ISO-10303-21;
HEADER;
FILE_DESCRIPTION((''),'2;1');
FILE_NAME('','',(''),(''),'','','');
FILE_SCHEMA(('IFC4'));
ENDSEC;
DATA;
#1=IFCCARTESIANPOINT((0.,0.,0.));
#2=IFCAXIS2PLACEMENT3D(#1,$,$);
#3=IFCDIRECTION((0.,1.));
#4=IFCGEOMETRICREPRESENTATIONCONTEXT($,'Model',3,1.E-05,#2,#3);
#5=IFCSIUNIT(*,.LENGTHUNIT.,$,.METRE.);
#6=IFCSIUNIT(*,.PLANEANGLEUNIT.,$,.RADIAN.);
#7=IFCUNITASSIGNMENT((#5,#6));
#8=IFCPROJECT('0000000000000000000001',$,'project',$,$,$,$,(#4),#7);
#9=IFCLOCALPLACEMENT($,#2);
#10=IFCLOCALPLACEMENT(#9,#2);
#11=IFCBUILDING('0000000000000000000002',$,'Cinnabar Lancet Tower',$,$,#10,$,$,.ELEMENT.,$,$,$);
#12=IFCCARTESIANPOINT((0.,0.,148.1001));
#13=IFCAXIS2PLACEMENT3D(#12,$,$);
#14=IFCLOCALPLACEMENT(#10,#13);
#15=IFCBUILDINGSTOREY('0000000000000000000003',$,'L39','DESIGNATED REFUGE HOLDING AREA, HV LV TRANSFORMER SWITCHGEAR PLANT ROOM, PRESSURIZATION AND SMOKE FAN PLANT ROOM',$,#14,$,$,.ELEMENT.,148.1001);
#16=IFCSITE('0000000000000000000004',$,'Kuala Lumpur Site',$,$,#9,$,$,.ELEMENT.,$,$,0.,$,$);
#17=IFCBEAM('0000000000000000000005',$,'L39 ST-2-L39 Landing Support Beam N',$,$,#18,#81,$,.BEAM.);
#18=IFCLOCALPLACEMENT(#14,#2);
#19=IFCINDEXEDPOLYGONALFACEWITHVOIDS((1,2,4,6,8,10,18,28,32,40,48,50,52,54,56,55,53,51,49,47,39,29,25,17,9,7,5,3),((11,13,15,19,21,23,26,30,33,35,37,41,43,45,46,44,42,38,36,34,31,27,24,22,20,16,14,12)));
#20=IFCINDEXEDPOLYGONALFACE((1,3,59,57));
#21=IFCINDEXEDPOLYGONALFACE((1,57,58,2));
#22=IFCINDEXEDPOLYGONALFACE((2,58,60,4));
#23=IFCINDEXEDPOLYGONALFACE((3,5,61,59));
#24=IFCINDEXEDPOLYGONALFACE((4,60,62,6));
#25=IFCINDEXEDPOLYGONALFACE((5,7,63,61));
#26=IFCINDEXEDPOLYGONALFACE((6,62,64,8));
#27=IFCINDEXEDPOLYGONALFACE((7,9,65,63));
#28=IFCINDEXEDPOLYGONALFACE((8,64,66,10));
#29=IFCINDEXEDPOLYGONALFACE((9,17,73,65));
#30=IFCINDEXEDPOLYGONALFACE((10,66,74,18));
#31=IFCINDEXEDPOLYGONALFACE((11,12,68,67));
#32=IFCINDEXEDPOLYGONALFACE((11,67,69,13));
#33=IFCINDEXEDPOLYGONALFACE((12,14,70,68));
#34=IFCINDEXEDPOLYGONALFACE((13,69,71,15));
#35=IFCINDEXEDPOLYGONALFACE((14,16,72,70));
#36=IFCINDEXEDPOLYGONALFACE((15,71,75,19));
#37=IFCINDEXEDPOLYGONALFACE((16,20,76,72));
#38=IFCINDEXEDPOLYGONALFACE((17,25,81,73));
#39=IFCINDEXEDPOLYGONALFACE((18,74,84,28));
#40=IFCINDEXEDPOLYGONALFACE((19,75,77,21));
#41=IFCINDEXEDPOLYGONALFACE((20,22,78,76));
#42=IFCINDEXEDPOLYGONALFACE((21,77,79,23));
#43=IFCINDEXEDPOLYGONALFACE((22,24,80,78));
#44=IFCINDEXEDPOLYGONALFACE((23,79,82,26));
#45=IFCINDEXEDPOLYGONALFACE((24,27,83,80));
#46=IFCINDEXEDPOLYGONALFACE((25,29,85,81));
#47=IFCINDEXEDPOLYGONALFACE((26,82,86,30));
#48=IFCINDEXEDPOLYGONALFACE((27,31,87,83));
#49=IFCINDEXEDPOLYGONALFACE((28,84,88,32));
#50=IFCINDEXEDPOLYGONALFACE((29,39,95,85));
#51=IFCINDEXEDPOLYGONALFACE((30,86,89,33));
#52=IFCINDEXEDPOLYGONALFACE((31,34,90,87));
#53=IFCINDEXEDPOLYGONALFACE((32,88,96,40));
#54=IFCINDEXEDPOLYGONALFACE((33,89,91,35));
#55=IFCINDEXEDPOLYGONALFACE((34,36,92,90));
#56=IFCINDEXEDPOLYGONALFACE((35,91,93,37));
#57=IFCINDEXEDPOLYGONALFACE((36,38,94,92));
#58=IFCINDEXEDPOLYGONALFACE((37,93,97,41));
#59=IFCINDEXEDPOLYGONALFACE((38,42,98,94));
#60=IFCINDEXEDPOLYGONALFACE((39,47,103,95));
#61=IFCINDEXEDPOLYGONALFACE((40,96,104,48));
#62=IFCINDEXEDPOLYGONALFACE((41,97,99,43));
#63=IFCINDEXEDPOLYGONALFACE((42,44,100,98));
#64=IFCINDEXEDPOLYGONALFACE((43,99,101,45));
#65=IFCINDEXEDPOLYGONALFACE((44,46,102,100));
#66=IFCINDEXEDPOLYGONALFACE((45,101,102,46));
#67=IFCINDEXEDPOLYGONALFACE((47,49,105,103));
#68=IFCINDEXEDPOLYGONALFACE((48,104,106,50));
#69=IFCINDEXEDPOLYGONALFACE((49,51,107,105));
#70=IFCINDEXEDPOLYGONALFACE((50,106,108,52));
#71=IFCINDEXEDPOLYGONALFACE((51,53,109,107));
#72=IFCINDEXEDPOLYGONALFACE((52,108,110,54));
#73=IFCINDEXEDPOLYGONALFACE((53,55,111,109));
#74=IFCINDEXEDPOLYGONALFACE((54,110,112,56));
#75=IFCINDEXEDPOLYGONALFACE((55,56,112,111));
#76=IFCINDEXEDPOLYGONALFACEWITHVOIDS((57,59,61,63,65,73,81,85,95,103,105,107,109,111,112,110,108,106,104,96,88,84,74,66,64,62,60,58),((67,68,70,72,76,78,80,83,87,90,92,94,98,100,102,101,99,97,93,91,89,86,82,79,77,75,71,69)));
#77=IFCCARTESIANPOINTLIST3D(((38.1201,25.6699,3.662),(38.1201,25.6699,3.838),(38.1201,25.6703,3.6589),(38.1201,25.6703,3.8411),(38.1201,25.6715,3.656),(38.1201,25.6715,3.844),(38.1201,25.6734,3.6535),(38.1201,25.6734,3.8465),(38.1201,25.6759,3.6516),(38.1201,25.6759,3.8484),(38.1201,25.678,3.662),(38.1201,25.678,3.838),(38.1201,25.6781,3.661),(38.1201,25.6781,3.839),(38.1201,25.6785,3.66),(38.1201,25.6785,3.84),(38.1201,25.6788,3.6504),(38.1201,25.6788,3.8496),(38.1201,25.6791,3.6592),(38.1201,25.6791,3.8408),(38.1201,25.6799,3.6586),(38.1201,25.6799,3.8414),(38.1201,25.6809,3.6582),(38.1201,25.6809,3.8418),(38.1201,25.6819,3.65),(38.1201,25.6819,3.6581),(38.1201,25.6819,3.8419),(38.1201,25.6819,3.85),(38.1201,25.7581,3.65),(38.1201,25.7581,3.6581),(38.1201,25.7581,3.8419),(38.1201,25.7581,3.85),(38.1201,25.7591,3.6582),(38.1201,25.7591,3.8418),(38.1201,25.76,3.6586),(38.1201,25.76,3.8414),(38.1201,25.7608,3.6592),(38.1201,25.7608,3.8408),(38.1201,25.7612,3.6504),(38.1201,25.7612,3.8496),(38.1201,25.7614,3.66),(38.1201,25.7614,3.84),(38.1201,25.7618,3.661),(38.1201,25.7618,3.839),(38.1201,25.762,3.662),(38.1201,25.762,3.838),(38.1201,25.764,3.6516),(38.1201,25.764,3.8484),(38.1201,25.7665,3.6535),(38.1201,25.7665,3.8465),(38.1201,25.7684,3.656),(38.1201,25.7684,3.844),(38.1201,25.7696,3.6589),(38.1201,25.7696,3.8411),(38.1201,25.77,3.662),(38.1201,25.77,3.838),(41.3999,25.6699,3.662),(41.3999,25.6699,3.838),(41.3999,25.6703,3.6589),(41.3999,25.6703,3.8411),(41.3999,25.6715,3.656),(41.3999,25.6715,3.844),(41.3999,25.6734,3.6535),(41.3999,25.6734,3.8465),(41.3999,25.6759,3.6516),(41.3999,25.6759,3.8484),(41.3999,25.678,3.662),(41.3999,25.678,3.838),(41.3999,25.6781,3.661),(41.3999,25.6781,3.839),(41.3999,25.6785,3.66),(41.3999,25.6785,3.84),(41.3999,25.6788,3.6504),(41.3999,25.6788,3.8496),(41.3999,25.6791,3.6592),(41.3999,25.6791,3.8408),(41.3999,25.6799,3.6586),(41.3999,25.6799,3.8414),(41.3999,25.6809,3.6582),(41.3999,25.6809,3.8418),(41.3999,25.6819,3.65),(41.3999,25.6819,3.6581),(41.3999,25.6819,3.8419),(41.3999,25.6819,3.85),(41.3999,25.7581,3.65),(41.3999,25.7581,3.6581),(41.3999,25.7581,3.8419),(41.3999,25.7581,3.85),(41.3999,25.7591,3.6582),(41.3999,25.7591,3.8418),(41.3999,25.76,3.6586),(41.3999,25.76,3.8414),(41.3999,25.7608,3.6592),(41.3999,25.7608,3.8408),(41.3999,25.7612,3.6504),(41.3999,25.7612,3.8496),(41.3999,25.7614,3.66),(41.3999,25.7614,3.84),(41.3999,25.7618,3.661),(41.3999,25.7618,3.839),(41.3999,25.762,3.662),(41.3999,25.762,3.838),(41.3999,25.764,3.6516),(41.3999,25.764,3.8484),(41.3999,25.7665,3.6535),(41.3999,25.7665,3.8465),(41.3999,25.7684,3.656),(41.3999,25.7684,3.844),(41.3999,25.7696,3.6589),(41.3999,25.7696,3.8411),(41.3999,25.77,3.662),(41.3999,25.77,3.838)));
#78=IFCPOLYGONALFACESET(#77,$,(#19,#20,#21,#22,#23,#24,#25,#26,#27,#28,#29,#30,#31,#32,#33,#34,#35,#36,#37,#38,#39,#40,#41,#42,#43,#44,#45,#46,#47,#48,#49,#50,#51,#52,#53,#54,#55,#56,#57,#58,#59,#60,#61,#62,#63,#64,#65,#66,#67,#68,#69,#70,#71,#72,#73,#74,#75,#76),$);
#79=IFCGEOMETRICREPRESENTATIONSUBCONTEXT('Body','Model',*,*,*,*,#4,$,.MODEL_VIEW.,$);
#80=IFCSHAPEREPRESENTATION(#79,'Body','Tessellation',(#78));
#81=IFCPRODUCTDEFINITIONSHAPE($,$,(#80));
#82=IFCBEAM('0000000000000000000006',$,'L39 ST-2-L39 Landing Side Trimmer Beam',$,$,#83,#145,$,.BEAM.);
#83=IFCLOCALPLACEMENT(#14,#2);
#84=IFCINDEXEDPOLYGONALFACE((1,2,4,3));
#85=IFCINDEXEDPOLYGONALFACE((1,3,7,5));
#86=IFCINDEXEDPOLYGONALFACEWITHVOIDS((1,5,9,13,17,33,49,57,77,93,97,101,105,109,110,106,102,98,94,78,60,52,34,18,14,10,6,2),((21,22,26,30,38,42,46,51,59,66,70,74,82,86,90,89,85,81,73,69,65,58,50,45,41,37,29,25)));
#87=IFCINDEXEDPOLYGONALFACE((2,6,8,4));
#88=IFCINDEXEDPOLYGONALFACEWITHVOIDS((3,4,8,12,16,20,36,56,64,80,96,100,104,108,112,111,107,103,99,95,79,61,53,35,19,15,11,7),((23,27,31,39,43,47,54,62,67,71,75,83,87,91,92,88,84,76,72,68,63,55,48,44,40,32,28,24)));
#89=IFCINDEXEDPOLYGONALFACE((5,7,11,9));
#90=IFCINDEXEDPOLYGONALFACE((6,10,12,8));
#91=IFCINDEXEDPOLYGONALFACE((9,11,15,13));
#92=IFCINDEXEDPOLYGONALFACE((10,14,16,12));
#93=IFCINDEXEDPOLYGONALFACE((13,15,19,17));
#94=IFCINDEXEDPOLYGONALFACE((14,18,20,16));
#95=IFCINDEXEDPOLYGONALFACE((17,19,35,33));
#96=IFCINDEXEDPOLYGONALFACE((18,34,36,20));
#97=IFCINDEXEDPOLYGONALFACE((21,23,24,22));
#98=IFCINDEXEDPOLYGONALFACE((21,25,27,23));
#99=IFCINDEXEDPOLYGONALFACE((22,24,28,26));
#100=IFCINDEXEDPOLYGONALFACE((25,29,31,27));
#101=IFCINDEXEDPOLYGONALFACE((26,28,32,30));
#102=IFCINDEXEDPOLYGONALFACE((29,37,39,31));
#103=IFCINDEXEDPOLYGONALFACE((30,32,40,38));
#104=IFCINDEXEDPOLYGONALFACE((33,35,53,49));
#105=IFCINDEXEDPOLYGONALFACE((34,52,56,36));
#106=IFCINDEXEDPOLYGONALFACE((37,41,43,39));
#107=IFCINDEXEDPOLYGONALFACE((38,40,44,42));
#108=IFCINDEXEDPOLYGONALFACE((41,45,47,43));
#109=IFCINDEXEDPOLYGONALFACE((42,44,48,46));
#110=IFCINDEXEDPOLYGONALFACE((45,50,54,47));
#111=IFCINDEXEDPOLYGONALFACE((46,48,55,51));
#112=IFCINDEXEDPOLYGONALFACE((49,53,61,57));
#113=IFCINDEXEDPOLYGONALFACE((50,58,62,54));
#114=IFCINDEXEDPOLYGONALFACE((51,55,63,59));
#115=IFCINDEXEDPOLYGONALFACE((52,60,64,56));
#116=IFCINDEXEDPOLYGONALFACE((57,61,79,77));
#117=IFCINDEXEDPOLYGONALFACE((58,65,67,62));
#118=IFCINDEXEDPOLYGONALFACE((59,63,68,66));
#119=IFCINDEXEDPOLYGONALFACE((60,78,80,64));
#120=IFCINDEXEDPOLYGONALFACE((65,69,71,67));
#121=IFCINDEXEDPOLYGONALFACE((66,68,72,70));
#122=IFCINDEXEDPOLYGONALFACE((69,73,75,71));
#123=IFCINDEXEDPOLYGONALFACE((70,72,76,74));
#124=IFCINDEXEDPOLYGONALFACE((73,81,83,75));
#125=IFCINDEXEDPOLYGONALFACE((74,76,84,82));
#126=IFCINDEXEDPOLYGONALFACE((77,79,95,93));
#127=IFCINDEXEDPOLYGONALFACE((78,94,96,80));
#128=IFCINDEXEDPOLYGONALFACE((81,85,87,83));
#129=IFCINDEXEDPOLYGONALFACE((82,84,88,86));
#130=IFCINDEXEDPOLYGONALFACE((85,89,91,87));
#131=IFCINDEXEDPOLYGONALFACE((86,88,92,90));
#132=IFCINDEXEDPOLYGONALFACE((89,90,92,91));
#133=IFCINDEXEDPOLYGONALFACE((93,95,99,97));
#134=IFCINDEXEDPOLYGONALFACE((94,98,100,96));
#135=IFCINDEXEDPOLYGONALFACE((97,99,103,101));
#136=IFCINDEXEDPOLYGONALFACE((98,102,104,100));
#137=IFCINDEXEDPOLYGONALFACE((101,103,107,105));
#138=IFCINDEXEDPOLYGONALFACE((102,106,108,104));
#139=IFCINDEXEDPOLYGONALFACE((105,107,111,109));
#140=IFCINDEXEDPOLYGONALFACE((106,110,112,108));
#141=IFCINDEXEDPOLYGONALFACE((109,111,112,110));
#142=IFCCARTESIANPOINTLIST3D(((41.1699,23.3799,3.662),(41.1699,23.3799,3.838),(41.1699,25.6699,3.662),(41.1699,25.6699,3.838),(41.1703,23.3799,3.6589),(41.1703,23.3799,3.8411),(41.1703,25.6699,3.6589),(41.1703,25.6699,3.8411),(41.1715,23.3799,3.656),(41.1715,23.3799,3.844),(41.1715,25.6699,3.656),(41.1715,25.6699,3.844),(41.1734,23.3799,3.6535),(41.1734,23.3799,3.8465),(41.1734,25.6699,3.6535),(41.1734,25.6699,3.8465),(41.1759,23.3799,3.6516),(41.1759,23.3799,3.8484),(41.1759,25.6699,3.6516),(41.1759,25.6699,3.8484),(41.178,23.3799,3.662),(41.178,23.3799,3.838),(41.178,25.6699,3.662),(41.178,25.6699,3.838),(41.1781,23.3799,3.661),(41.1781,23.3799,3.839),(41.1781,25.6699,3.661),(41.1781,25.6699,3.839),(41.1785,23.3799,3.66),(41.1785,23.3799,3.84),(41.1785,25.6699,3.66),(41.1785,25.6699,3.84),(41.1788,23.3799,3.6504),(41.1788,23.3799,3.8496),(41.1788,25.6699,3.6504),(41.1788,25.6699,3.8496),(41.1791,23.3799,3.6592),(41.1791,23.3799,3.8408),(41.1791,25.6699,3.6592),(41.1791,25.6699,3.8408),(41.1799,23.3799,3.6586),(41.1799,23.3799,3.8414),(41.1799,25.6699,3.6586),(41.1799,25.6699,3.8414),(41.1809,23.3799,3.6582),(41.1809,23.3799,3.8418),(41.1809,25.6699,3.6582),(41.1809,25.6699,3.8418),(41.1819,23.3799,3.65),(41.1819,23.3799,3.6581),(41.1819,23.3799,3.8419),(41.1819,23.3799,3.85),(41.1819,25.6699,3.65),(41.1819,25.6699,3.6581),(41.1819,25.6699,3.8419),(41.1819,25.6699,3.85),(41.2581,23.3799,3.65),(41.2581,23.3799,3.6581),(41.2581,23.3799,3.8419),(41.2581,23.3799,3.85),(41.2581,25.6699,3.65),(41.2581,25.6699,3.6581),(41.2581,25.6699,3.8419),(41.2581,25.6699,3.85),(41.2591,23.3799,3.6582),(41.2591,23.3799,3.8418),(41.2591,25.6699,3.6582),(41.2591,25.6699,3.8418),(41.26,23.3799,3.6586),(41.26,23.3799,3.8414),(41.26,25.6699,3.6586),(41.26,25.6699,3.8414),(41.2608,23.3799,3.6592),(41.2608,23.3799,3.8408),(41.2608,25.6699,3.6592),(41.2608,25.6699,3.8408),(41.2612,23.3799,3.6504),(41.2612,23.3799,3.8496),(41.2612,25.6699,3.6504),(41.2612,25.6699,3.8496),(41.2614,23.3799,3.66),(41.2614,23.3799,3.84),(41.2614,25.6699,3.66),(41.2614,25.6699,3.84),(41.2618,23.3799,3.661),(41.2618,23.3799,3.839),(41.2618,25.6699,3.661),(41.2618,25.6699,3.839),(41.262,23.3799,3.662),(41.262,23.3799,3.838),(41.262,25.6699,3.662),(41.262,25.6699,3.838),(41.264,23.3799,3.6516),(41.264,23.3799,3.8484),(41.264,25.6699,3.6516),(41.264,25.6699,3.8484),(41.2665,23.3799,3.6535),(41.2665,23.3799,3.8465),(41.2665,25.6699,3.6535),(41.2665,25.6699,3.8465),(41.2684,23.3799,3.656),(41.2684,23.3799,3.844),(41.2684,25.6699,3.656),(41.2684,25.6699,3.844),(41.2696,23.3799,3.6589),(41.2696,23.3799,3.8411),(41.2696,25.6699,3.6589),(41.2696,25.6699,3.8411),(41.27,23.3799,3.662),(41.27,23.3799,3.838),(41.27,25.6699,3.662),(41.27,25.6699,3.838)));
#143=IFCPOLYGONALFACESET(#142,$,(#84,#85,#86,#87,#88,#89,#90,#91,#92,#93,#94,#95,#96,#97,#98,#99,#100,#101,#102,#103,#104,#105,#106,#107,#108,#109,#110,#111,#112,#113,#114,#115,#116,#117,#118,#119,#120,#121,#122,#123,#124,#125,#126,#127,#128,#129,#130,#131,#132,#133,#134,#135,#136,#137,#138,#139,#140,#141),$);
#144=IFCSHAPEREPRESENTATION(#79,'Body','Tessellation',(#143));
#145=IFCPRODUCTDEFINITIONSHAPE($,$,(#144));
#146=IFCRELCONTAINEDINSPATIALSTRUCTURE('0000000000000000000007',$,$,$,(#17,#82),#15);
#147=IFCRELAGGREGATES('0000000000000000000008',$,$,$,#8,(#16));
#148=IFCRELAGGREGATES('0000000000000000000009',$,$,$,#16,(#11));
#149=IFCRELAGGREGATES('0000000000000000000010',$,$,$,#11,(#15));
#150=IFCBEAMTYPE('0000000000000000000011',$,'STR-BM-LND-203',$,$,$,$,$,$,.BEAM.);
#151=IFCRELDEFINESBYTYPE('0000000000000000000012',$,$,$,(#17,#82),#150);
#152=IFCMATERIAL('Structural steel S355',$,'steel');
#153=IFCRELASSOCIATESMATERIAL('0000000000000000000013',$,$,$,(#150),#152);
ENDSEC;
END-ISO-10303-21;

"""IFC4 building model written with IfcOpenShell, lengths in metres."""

from ifc_helpers import new_model, si_unit, direction, frame, origin, origin_2d, place, context, subcontext, project, spatial, hollow_rectangle, extrude, material, material_profile, profile_set, type_object, element, save


model = new_model("IFC4")

# Units and contexts
model_context = context("Model", 3, precision=1e-05, world=origin(), true_north=direction((0.0, 1.0)))
body_context = subcontext(model_context, "Body", "Model", "MODEL_VIEW")
ifc_project = project(units=[si_unit("LENGTHUNIT", "METRE"), si_unit("PLANEANGLEUNIT", "RADIAN")], contexts=[model_context])

# Site, building, storey
site_placement = place(None, origin())
site = spatial("IfcSite", under=ifc_project, at=site_placement, Name="Kuala Lumpur Site", CompositionType="ELEMENT", RefElevation=0.0)
building_placement = place(site_placement, origin())
building = spatial("IfcBuilding", under=site, at=building_placement, Name="Cinnabar Lancet Tower", CompositionType="ELEMENT")
storey_placement = place(building_placement, frame((0.0, 0.0, 148.1001)))
storey = spatial("IfcBuildingStorey", under=building, at=storey_placement, Name="L39", Description="DESIGNATED REFUGE HOLDING AREA, HV LV TRANSFORMER SWITCHGEAR PLANT ROOM, PRESSURIZATION AND SMOKE FAN PLANT ROOM", CompositionType="ELEMENT", Elevation=148.1001)

# Beams
ifc_material_1 = material(Name="Structural steel S355", Category="steel")
ifc_material_profile_1 = material_profile(ifc_material_1, hollow_rectangle(XDim=0.1001, YDim=0.2, WallThickness=0.0081, InnerFilletRadius=0.0039, OuterFilletRadius=0.012, at=origin_2d()), Name="RHS 200x100x8")
ifc_profile_set_1 = profile_set([ifc_material_profile_1], Name="Structural steel S355")
beam_type = type_object("IfcBeamType", Name="STR-BM-LND-203", PredefinedType="BEAM", material=ifc_profile_set_1)
for number, where, z_axis, x_axis, name in (
    (1, (38.1201, 25.72, 3.75), (1.0, 0.0, 0.0), (0.0, 1.0, 0.0), "L39 ST-2-L39 Landing Support Beam N"),
):
    element("IfcBeam", number, at=place(storey_placement, frame(where, z_axis=z_axis, x_axis=x_axis)), inside=storey, type_object=beam_type, Name=name, PredefinedType="BEAM", context=body_context, shape_type="SweptSolid", body=[
        extrude(hollow_rectangle(XDim=0.1001, YDim=0.2, WallThickness=0.0081, InnerFilletRadius=0.0039, OuterFilletRadius=0.012, at=origin_2d()), origin(), (0.0, 0.0, 1.0), 3.2798),
    ])
beam_1_placement = place(storey_placement, frame((41.22, 23.3799, 3.75), z_axis=(0.0, 1.0, 0.0), x_axis=(-1.0, 0.0, 0.0)))
element("IfcBeam", 2, at=beam_1_placement, inside=storey, type_object=beam_type, Name="L39 ST-2-L39 Landing Side Trimmer Beam", PredefinedType="BEAM", context=body_context, shape_type="SweptSolid", body=[
    extrude(hollow_rectangle(XDim=0.1001, YDim=0.2, WallThickness=0.0081, InnerFilletRadius=0.0039, OuterFilletRadius=0.012, at=origin_2d()), origin(), (0.0, 0.0, 1.0), 2.29),
])

save(model, "model.ifc")
